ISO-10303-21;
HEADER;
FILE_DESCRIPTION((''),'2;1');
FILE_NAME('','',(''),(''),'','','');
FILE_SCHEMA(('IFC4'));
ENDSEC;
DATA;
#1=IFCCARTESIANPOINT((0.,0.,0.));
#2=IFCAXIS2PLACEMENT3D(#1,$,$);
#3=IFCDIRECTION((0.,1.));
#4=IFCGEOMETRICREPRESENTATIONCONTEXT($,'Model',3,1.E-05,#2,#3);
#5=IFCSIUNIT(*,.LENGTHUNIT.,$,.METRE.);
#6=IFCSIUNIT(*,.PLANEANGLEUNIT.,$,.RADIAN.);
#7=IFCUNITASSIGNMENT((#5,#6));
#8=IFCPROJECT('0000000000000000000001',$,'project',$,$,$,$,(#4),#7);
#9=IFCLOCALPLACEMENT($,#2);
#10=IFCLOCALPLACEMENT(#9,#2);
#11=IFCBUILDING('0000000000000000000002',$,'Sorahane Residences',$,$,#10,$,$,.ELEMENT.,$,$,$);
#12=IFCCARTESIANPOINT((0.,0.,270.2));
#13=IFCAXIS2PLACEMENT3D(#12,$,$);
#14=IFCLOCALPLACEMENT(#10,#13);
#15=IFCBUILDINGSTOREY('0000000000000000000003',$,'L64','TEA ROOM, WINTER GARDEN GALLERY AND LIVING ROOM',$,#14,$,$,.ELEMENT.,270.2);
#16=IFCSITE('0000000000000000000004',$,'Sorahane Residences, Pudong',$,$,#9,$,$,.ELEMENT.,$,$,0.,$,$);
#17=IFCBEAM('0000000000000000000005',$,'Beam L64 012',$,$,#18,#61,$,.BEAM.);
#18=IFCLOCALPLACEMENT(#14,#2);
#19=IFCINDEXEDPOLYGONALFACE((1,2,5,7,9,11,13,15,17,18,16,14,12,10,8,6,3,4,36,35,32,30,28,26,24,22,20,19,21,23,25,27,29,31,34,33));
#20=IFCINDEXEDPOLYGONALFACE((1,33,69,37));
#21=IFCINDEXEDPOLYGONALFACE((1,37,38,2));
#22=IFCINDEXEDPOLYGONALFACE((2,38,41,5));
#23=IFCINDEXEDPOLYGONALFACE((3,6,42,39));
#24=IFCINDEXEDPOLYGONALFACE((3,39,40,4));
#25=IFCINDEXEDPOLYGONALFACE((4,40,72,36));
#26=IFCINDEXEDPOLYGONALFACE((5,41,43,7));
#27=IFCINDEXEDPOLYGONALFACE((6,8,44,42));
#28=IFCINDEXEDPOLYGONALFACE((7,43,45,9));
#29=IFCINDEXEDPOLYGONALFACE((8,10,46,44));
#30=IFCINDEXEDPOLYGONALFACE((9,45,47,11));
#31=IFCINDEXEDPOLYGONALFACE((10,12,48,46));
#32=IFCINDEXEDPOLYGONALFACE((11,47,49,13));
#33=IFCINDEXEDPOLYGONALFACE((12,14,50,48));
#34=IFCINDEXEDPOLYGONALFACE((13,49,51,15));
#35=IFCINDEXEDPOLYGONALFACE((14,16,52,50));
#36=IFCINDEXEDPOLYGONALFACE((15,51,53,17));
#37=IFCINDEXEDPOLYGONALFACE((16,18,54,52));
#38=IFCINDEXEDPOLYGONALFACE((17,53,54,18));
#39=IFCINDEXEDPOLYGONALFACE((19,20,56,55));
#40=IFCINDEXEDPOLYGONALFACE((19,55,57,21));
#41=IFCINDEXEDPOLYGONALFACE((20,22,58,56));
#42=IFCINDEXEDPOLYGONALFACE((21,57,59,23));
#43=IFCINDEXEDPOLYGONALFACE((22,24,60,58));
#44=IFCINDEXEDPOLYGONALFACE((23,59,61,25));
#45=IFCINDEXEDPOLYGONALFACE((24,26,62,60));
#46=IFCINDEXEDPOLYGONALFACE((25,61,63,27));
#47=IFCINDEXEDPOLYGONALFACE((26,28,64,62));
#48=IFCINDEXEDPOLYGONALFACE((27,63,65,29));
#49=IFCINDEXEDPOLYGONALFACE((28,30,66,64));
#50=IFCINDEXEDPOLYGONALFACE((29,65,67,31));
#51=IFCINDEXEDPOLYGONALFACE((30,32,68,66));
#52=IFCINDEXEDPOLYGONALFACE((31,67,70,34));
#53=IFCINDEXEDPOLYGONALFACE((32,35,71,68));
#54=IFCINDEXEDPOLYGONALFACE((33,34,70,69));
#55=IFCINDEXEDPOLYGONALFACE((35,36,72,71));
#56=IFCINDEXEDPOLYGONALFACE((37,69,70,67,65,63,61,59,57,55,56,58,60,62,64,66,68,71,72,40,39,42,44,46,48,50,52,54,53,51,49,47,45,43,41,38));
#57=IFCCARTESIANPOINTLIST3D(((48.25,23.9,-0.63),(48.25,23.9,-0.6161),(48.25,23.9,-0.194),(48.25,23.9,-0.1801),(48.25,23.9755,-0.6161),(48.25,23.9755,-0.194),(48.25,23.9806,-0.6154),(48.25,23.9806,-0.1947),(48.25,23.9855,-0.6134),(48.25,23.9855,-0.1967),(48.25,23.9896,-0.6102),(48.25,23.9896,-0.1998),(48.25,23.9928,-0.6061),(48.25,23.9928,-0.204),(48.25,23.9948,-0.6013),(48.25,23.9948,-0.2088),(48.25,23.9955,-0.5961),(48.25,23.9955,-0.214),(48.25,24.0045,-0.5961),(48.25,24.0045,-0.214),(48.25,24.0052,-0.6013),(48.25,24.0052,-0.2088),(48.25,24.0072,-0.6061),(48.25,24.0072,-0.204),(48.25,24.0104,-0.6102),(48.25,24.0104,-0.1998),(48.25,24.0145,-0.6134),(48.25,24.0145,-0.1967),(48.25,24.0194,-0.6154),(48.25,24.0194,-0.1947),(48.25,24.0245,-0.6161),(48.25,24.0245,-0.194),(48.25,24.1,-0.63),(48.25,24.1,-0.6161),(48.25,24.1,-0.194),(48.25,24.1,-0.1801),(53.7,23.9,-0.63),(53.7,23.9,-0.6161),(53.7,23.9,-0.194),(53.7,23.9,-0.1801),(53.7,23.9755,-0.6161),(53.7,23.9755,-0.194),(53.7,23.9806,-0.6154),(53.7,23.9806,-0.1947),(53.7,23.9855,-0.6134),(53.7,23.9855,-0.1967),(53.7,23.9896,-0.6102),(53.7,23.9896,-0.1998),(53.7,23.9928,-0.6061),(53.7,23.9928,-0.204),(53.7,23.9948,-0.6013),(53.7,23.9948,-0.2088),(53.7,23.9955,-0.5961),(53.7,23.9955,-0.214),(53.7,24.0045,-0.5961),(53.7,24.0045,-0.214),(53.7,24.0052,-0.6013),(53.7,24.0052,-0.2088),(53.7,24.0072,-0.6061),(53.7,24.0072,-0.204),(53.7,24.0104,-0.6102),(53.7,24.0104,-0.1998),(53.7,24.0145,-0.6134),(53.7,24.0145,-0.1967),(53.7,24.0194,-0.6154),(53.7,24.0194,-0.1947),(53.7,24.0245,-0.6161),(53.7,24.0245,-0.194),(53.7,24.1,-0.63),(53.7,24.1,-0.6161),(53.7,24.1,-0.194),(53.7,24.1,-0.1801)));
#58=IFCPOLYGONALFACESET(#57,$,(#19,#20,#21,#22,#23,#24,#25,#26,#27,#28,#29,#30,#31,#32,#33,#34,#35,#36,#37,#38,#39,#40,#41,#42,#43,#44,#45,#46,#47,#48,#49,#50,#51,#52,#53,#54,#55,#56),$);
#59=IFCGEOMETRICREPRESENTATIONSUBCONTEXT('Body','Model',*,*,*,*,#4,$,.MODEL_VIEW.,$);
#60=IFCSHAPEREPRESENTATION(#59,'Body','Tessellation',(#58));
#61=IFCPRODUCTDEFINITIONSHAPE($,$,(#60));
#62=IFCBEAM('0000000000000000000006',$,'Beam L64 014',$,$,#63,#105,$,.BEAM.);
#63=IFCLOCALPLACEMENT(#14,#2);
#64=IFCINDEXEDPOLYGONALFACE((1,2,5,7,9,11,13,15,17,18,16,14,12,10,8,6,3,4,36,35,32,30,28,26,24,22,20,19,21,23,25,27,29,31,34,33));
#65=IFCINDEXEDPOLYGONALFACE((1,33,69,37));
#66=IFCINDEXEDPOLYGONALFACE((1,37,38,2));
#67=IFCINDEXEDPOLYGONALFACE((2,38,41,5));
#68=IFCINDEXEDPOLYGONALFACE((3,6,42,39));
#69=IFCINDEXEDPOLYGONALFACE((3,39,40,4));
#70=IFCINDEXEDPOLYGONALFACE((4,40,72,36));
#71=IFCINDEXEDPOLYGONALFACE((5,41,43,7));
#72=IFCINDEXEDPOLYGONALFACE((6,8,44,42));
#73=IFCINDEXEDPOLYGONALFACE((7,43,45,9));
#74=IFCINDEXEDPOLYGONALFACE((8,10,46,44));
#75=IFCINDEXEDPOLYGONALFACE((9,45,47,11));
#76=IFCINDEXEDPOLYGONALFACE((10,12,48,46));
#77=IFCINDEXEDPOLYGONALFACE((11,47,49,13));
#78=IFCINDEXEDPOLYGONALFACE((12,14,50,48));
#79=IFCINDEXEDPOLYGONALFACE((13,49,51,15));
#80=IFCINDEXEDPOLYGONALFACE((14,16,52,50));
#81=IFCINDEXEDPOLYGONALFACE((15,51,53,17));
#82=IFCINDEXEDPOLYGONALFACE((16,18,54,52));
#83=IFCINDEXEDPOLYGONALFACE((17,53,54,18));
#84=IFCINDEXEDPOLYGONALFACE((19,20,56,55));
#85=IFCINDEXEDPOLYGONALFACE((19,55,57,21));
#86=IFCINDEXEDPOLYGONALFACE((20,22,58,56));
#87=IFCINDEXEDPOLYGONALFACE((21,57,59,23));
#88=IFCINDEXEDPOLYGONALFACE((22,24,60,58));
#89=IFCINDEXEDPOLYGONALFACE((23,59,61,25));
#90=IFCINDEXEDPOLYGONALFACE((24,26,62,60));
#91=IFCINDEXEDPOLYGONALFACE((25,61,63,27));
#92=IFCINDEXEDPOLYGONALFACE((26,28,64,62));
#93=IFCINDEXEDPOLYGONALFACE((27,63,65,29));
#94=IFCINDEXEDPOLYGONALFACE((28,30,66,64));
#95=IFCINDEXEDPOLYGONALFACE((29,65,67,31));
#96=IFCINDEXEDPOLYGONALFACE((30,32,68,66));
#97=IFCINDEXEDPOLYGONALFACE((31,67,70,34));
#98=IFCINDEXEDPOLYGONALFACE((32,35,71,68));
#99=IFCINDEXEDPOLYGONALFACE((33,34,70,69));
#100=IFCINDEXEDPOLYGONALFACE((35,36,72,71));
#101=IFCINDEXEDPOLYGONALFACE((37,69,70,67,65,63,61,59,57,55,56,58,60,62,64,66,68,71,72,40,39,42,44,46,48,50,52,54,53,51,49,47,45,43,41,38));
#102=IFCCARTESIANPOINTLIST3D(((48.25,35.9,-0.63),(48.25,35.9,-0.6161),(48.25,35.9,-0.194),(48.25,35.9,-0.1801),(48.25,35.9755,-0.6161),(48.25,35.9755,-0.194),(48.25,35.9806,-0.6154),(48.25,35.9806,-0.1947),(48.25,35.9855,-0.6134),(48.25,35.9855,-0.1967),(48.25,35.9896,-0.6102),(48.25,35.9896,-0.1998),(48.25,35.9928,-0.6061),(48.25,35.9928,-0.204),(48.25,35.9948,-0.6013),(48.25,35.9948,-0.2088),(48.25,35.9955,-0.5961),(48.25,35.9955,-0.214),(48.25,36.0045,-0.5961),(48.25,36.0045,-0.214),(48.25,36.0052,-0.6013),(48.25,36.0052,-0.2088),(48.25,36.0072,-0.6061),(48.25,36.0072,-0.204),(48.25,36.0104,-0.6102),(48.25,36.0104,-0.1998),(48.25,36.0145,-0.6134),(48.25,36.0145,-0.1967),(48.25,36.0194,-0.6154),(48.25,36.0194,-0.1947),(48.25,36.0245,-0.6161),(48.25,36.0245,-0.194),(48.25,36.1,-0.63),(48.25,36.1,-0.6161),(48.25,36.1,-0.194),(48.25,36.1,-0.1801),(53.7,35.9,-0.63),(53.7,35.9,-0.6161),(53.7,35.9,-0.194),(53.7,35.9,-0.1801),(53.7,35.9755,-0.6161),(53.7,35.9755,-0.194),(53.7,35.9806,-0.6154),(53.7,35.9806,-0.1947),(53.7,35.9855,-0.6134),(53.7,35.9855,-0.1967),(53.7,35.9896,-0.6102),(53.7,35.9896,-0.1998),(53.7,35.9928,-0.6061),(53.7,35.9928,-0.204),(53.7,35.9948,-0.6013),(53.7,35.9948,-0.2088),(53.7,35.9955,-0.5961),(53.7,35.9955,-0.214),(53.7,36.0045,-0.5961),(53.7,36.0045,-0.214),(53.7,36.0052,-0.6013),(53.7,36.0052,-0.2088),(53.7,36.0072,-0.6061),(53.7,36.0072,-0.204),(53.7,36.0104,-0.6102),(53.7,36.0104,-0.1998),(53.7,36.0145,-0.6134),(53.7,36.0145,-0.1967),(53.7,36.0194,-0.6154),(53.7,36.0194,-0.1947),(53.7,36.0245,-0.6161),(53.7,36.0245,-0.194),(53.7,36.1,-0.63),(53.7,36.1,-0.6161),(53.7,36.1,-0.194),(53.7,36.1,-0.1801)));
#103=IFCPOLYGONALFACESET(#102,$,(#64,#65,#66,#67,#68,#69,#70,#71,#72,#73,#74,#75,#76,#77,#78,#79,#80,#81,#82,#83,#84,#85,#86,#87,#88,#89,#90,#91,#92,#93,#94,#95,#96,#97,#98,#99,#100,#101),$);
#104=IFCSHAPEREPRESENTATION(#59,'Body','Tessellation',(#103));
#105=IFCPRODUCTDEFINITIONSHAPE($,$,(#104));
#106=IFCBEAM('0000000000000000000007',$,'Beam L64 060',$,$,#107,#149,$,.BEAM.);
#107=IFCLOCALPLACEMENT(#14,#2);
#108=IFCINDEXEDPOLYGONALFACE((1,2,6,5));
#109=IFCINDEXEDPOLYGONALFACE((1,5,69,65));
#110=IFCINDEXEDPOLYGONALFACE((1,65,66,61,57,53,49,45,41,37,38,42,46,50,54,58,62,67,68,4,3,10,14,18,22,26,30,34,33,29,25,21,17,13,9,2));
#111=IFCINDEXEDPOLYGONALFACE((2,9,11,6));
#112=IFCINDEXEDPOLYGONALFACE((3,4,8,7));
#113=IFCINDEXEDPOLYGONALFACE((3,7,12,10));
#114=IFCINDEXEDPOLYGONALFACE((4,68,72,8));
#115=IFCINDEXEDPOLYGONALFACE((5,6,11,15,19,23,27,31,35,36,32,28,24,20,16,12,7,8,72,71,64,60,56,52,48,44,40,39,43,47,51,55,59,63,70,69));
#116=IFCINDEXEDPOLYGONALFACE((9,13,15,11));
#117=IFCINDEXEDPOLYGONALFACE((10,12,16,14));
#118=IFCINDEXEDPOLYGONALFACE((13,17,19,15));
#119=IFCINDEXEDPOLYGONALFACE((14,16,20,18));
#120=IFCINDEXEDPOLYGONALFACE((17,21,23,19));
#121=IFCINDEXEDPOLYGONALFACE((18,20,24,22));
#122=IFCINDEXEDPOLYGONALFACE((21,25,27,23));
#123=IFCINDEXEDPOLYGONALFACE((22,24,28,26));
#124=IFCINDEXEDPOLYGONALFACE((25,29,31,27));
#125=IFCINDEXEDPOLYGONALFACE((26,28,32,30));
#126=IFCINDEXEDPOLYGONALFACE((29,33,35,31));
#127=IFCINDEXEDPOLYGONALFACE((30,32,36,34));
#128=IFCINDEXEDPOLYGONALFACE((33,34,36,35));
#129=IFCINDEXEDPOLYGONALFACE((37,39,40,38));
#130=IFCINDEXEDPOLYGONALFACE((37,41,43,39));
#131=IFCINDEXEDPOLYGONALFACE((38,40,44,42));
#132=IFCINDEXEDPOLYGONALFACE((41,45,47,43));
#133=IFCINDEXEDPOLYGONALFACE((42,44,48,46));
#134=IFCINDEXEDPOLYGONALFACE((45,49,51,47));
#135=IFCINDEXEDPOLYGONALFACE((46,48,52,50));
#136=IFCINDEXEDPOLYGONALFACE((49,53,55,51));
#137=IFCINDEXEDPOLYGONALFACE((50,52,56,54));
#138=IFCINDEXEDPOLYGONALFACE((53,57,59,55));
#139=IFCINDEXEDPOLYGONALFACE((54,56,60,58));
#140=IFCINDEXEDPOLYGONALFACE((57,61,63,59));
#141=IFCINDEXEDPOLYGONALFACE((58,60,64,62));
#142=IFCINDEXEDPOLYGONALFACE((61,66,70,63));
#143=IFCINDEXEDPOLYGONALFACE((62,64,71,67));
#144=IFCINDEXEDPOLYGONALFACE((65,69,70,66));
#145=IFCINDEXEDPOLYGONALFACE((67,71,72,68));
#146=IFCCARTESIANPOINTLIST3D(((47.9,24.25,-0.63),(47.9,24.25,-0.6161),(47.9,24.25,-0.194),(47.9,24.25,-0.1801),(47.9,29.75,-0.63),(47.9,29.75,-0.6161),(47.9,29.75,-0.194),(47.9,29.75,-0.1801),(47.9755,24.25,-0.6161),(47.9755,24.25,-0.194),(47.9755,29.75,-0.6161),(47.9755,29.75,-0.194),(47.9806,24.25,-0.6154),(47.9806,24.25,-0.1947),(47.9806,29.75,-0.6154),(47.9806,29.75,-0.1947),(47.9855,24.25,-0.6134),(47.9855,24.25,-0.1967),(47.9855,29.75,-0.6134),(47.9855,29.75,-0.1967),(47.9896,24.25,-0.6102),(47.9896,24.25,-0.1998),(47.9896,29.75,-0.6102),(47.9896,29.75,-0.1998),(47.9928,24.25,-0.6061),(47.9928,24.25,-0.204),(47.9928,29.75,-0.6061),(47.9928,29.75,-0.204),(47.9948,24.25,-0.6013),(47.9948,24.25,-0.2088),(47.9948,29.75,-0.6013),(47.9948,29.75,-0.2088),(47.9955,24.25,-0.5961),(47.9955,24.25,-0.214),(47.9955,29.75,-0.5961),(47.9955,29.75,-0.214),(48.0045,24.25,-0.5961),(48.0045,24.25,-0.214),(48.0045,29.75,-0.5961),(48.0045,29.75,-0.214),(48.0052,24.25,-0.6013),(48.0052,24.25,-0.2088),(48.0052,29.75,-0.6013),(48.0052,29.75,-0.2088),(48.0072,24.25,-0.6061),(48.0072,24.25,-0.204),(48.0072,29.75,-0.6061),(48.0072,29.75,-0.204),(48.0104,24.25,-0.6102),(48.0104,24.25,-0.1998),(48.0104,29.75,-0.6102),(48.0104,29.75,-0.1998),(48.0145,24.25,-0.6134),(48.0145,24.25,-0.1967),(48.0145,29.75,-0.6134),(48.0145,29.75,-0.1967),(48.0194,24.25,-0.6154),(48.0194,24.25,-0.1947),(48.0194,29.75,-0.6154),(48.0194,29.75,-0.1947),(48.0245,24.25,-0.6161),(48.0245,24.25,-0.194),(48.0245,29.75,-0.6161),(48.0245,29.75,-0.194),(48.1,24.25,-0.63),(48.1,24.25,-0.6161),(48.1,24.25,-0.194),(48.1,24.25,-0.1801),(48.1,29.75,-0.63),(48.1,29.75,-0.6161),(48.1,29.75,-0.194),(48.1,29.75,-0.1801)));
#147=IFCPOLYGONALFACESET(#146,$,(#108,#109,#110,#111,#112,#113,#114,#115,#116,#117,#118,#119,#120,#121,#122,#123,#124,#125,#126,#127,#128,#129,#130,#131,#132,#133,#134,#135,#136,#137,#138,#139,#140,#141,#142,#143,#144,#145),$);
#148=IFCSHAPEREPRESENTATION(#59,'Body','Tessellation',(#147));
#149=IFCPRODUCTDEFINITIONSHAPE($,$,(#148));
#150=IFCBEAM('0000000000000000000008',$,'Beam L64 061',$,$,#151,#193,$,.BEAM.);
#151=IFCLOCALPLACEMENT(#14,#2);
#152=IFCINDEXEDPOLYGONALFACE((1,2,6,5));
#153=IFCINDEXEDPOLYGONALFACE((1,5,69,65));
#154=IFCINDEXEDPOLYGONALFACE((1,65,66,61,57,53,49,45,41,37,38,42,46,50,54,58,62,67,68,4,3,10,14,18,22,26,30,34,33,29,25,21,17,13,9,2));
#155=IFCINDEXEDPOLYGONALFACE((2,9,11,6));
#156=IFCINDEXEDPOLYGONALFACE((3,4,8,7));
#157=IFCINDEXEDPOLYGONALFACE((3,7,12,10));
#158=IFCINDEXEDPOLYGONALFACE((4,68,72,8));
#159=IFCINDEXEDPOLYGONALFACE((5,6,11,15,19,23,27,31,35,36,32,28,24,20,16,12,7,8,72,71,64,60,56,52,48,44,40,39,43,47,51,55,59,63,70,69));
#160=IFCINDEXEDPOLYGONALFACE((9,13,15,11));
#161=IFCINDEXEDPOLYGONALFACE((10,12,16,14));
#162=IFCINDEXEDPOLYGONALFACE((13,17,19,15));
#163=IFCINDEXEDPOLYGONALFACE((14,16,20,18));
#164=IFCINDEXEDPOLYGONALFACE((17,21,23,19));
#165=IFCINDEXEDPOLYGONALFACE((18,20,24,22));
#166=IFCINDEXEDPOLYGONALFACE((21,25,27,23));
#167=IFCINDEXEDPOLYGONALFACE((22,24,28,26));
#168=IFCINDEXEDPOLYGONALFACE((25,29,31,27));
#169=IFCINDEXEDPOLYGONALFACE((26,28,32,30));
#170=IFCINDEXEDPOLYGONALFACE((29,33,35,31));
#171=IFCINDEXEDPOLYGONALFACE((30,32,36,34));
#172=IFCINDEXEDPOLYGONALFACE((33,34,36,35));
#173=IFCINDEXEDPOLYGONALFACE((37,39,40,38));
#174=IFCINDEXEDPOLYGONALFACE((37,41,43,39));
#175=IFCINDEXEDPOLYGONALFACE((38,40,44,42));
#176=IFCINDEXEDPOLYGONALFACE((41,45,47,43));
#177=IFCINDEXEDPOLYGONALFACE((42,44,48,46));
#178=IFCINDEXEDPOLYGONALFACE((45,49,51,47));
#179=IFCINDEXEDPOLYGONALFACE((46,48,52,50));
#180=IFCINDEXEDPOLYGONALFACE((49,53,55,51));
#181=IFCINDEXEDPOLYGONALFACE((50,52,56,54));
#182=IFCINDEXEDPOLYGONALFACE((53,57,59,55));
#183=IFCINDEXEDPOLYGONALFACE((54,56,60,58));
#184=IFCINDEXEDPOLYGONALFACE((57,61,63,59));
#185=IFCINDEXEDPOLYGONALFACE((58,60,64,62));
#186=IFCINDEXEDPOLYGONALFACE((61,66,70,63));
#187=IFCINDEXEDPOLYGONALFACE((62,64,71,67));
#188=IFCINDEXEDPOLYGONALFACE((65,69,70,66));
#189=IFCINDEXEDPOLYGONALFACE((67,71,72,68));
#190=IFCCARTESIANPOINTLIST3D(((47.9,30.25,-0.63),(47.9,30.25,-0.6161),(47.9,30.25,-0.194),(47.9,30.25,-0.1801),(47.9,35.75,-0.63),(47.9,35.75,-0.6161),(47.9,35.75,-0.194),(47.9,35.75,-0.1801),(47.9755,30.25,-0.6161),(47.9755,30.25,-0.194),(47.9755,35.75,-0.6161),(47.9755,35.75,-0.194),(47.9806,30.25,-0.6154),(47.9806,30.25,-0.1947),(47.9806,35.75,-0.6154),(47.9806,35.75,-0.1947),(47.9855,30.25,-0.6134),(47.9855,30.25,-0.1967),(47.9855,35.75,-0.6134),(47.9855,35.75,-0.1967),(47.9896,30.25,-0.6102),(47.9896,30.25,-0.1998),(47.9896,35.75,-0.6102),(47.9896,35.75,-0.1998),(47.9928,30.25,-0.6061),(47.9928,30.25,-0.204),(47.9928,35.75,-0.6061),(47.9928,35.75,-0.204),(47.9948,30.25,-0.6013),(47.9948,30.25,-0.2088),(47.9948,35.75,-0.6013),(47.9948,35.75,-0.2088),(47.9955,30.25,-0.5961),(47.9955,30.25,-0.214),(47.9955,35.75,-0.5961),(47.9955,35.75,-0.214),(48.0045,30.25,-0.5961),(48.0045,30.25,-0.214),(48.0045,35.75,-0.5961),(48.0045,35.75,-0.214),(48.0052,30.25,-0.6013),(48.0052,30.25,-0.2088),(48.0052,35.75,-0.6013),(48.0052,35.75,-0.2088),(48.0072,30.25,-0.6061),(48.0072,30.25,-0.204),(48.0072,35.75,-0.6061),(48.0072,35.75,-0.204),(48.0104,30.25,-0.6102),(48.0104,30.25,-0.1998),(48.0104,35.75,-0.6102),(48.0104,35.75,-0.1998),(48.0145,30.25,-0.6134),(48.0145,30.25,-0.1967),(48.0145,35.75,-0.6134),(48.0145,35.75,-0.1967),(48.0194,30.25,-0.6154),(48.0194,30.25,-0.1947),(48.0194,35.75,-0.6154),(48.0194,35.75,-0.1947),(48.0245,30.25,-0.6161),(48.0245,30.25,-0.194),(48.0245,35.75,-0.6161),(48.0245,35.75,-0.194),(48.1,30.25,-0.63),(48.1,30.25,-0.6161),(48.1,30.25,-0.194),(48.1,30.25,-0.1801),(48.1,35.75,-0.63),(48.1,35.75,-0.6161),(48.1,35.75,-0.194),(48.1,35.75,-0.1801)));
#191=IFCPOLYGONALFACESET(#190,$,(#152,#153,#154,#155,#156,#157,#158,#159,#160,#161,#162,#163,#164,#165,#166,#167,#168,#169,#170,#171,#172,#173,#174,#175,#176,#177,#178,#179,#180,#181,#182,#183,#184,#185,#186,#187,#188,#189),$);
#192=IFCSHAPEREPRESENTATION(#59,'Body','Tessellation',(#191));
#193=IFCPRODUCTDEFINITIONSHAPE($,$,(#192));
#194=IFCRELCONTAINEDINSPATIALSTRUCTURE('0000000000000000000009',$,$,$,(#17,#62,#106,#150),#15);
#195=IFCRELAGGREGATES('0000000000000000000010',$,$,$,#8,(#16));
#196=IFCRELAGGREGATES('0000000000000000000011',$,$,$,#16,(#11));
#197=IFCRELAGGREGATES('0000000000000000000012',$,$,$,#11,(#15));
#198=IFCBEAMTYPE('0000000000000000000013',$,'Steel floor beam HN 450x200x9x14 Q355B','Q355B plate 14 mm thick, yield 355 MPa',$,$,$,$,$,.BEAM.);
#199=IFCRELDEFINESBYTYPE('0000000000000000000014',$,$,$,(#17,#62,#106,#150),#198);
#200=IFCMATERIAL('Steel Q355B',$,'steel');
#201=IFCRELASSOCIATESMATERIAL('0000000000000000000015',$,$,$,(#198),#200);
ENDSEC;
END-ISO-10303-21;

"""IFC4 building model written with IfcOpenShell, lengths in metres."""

from ifc_helpers import new_model, si_unit, direction, frame, origin, origin_2d, place, context, subcontext, project, spatial, i_section, extrude, material, material_profile, profile_set, type_object, element, save


model = new_model("IFC4")

# Units and contexts
model_context = context("Model", 3, precision=1e-05, world=origin(), true_north=direction((0.0, 1.0)))
body_context = subcontext(model_context, "Body", "Model", "MODEL_VIEW")
ifc_project = project(units=[si_unit("LENGTHUNIT", "METRE"), si_unit("PLANEANGLEUNIT", "RADIAN")], contexts=[model_context])

# Site, building, storey
site_placement = place(None, origin())
site = spatial("IfcSite", under=ifc_project, at=site_placement, Name="Sorahane Residences, Pudong", CompositionType="ELEMENT", RefElevation=0.0)
building_placement = place(site_placement, origin())
building = spatial("IfcBuilding", under=site, at=building_placement, Name="Sorahane Residences", CompositionType="ELEMENT")
storey_placement = place(building_placement, frame((0.0, 0.0, 270.2)))
storey = spatial("IfcBuildingStorey", under=building, at=storey_placement, Name="L64", Description="TEA ROOM, WINTER GARDEN GALLERY AND LIVING ROOM", CompositionType="ELEMENT", Elevation=270.2)

# Beams
ifc_material_1 = material(Name="Steel Q355B", Category="steel")
ifc_material_profile_1 = material_profile(ifc_material_1, i_section(OverallWidth=0.2, OverallDepth=0.45, WebThickness=0.009, FlangeThickness=0.0139, FilletRadius=0.02, at=origin_2d()), Name="HN 450x200x9x14")
ifc_profile_set_1 = profile_set([ifc_material_profile_1], Name="Steel Q355B")
beam_type_1 = type_object("IfcBeamType", Name="Steel floor beam HN 450x200x9x14 Q355B", Description="Q355B plate 14 mm thick, yield 355 MPa", PredefinedType="BEAM", material=ifc_profile_set_1)
for number, where, z_axis, x_axis, name in (
    (1, (48.25, 24.0, -0.405), (1.0, 0.0, 0.0), (0.0, 1.0, 0.0), "Beam L64 012"),
    (2, (48.25, 36.0, -0.405), (1.0, 0.0, 0.0), (0.0, 1.0, 0.0), "Beam L64 014"),
):
    element("IfcBeam", number, at=place(storey_placement, frame(where, z_axis=z_axis, x_axis=x_axis)), inside=storey, type_object=beam_type_1, Name=name, PredefinedType="BEAM", context=body_context, shape_type="SweptSolid", body=[
        extrude(i_section(OverallWidth=0.2, OverallDepth=0.45, WebThickness=0.009, FlangeThickness=0.0139, FilletRadius=0.02, at=origin_2d()), origin(), (0.0, 0.0, 1.0), 5.45),
    ])
for number, where, z_axis, x_axis, name in (
    (3, (48.0, 24.25, -0.405), (0.0, 1.0, 0.0), (-1.0, 0.0, 0.0), "Beam L64 060"),
    (4, (48.0, 30.25, -0.405), (0.0, 1.0, 0.0), (-1.0, 0.0, 0.0), "Beam L64 061"),
):
    element("IfcBeam", number, at=place(storey_placement, frame(where, z_axis=z_axis, x_axis=x_axis)), inside=storey, type_object=beam_type_1, Name=name, PredefinedType="BEAM", context=body_context, shape_type="SweptSolid", body=[
        extrude(i_section(OverallWidth=0.2, OverallDepth=0.45, WebThickness=0.009, FlangeThickness=0.0139, FilletRadius=0.02, at=origin_2d()), origin(), (0.0, 0.0, 1.0), 5.5),
    ])

save(model, "model.ifc")
